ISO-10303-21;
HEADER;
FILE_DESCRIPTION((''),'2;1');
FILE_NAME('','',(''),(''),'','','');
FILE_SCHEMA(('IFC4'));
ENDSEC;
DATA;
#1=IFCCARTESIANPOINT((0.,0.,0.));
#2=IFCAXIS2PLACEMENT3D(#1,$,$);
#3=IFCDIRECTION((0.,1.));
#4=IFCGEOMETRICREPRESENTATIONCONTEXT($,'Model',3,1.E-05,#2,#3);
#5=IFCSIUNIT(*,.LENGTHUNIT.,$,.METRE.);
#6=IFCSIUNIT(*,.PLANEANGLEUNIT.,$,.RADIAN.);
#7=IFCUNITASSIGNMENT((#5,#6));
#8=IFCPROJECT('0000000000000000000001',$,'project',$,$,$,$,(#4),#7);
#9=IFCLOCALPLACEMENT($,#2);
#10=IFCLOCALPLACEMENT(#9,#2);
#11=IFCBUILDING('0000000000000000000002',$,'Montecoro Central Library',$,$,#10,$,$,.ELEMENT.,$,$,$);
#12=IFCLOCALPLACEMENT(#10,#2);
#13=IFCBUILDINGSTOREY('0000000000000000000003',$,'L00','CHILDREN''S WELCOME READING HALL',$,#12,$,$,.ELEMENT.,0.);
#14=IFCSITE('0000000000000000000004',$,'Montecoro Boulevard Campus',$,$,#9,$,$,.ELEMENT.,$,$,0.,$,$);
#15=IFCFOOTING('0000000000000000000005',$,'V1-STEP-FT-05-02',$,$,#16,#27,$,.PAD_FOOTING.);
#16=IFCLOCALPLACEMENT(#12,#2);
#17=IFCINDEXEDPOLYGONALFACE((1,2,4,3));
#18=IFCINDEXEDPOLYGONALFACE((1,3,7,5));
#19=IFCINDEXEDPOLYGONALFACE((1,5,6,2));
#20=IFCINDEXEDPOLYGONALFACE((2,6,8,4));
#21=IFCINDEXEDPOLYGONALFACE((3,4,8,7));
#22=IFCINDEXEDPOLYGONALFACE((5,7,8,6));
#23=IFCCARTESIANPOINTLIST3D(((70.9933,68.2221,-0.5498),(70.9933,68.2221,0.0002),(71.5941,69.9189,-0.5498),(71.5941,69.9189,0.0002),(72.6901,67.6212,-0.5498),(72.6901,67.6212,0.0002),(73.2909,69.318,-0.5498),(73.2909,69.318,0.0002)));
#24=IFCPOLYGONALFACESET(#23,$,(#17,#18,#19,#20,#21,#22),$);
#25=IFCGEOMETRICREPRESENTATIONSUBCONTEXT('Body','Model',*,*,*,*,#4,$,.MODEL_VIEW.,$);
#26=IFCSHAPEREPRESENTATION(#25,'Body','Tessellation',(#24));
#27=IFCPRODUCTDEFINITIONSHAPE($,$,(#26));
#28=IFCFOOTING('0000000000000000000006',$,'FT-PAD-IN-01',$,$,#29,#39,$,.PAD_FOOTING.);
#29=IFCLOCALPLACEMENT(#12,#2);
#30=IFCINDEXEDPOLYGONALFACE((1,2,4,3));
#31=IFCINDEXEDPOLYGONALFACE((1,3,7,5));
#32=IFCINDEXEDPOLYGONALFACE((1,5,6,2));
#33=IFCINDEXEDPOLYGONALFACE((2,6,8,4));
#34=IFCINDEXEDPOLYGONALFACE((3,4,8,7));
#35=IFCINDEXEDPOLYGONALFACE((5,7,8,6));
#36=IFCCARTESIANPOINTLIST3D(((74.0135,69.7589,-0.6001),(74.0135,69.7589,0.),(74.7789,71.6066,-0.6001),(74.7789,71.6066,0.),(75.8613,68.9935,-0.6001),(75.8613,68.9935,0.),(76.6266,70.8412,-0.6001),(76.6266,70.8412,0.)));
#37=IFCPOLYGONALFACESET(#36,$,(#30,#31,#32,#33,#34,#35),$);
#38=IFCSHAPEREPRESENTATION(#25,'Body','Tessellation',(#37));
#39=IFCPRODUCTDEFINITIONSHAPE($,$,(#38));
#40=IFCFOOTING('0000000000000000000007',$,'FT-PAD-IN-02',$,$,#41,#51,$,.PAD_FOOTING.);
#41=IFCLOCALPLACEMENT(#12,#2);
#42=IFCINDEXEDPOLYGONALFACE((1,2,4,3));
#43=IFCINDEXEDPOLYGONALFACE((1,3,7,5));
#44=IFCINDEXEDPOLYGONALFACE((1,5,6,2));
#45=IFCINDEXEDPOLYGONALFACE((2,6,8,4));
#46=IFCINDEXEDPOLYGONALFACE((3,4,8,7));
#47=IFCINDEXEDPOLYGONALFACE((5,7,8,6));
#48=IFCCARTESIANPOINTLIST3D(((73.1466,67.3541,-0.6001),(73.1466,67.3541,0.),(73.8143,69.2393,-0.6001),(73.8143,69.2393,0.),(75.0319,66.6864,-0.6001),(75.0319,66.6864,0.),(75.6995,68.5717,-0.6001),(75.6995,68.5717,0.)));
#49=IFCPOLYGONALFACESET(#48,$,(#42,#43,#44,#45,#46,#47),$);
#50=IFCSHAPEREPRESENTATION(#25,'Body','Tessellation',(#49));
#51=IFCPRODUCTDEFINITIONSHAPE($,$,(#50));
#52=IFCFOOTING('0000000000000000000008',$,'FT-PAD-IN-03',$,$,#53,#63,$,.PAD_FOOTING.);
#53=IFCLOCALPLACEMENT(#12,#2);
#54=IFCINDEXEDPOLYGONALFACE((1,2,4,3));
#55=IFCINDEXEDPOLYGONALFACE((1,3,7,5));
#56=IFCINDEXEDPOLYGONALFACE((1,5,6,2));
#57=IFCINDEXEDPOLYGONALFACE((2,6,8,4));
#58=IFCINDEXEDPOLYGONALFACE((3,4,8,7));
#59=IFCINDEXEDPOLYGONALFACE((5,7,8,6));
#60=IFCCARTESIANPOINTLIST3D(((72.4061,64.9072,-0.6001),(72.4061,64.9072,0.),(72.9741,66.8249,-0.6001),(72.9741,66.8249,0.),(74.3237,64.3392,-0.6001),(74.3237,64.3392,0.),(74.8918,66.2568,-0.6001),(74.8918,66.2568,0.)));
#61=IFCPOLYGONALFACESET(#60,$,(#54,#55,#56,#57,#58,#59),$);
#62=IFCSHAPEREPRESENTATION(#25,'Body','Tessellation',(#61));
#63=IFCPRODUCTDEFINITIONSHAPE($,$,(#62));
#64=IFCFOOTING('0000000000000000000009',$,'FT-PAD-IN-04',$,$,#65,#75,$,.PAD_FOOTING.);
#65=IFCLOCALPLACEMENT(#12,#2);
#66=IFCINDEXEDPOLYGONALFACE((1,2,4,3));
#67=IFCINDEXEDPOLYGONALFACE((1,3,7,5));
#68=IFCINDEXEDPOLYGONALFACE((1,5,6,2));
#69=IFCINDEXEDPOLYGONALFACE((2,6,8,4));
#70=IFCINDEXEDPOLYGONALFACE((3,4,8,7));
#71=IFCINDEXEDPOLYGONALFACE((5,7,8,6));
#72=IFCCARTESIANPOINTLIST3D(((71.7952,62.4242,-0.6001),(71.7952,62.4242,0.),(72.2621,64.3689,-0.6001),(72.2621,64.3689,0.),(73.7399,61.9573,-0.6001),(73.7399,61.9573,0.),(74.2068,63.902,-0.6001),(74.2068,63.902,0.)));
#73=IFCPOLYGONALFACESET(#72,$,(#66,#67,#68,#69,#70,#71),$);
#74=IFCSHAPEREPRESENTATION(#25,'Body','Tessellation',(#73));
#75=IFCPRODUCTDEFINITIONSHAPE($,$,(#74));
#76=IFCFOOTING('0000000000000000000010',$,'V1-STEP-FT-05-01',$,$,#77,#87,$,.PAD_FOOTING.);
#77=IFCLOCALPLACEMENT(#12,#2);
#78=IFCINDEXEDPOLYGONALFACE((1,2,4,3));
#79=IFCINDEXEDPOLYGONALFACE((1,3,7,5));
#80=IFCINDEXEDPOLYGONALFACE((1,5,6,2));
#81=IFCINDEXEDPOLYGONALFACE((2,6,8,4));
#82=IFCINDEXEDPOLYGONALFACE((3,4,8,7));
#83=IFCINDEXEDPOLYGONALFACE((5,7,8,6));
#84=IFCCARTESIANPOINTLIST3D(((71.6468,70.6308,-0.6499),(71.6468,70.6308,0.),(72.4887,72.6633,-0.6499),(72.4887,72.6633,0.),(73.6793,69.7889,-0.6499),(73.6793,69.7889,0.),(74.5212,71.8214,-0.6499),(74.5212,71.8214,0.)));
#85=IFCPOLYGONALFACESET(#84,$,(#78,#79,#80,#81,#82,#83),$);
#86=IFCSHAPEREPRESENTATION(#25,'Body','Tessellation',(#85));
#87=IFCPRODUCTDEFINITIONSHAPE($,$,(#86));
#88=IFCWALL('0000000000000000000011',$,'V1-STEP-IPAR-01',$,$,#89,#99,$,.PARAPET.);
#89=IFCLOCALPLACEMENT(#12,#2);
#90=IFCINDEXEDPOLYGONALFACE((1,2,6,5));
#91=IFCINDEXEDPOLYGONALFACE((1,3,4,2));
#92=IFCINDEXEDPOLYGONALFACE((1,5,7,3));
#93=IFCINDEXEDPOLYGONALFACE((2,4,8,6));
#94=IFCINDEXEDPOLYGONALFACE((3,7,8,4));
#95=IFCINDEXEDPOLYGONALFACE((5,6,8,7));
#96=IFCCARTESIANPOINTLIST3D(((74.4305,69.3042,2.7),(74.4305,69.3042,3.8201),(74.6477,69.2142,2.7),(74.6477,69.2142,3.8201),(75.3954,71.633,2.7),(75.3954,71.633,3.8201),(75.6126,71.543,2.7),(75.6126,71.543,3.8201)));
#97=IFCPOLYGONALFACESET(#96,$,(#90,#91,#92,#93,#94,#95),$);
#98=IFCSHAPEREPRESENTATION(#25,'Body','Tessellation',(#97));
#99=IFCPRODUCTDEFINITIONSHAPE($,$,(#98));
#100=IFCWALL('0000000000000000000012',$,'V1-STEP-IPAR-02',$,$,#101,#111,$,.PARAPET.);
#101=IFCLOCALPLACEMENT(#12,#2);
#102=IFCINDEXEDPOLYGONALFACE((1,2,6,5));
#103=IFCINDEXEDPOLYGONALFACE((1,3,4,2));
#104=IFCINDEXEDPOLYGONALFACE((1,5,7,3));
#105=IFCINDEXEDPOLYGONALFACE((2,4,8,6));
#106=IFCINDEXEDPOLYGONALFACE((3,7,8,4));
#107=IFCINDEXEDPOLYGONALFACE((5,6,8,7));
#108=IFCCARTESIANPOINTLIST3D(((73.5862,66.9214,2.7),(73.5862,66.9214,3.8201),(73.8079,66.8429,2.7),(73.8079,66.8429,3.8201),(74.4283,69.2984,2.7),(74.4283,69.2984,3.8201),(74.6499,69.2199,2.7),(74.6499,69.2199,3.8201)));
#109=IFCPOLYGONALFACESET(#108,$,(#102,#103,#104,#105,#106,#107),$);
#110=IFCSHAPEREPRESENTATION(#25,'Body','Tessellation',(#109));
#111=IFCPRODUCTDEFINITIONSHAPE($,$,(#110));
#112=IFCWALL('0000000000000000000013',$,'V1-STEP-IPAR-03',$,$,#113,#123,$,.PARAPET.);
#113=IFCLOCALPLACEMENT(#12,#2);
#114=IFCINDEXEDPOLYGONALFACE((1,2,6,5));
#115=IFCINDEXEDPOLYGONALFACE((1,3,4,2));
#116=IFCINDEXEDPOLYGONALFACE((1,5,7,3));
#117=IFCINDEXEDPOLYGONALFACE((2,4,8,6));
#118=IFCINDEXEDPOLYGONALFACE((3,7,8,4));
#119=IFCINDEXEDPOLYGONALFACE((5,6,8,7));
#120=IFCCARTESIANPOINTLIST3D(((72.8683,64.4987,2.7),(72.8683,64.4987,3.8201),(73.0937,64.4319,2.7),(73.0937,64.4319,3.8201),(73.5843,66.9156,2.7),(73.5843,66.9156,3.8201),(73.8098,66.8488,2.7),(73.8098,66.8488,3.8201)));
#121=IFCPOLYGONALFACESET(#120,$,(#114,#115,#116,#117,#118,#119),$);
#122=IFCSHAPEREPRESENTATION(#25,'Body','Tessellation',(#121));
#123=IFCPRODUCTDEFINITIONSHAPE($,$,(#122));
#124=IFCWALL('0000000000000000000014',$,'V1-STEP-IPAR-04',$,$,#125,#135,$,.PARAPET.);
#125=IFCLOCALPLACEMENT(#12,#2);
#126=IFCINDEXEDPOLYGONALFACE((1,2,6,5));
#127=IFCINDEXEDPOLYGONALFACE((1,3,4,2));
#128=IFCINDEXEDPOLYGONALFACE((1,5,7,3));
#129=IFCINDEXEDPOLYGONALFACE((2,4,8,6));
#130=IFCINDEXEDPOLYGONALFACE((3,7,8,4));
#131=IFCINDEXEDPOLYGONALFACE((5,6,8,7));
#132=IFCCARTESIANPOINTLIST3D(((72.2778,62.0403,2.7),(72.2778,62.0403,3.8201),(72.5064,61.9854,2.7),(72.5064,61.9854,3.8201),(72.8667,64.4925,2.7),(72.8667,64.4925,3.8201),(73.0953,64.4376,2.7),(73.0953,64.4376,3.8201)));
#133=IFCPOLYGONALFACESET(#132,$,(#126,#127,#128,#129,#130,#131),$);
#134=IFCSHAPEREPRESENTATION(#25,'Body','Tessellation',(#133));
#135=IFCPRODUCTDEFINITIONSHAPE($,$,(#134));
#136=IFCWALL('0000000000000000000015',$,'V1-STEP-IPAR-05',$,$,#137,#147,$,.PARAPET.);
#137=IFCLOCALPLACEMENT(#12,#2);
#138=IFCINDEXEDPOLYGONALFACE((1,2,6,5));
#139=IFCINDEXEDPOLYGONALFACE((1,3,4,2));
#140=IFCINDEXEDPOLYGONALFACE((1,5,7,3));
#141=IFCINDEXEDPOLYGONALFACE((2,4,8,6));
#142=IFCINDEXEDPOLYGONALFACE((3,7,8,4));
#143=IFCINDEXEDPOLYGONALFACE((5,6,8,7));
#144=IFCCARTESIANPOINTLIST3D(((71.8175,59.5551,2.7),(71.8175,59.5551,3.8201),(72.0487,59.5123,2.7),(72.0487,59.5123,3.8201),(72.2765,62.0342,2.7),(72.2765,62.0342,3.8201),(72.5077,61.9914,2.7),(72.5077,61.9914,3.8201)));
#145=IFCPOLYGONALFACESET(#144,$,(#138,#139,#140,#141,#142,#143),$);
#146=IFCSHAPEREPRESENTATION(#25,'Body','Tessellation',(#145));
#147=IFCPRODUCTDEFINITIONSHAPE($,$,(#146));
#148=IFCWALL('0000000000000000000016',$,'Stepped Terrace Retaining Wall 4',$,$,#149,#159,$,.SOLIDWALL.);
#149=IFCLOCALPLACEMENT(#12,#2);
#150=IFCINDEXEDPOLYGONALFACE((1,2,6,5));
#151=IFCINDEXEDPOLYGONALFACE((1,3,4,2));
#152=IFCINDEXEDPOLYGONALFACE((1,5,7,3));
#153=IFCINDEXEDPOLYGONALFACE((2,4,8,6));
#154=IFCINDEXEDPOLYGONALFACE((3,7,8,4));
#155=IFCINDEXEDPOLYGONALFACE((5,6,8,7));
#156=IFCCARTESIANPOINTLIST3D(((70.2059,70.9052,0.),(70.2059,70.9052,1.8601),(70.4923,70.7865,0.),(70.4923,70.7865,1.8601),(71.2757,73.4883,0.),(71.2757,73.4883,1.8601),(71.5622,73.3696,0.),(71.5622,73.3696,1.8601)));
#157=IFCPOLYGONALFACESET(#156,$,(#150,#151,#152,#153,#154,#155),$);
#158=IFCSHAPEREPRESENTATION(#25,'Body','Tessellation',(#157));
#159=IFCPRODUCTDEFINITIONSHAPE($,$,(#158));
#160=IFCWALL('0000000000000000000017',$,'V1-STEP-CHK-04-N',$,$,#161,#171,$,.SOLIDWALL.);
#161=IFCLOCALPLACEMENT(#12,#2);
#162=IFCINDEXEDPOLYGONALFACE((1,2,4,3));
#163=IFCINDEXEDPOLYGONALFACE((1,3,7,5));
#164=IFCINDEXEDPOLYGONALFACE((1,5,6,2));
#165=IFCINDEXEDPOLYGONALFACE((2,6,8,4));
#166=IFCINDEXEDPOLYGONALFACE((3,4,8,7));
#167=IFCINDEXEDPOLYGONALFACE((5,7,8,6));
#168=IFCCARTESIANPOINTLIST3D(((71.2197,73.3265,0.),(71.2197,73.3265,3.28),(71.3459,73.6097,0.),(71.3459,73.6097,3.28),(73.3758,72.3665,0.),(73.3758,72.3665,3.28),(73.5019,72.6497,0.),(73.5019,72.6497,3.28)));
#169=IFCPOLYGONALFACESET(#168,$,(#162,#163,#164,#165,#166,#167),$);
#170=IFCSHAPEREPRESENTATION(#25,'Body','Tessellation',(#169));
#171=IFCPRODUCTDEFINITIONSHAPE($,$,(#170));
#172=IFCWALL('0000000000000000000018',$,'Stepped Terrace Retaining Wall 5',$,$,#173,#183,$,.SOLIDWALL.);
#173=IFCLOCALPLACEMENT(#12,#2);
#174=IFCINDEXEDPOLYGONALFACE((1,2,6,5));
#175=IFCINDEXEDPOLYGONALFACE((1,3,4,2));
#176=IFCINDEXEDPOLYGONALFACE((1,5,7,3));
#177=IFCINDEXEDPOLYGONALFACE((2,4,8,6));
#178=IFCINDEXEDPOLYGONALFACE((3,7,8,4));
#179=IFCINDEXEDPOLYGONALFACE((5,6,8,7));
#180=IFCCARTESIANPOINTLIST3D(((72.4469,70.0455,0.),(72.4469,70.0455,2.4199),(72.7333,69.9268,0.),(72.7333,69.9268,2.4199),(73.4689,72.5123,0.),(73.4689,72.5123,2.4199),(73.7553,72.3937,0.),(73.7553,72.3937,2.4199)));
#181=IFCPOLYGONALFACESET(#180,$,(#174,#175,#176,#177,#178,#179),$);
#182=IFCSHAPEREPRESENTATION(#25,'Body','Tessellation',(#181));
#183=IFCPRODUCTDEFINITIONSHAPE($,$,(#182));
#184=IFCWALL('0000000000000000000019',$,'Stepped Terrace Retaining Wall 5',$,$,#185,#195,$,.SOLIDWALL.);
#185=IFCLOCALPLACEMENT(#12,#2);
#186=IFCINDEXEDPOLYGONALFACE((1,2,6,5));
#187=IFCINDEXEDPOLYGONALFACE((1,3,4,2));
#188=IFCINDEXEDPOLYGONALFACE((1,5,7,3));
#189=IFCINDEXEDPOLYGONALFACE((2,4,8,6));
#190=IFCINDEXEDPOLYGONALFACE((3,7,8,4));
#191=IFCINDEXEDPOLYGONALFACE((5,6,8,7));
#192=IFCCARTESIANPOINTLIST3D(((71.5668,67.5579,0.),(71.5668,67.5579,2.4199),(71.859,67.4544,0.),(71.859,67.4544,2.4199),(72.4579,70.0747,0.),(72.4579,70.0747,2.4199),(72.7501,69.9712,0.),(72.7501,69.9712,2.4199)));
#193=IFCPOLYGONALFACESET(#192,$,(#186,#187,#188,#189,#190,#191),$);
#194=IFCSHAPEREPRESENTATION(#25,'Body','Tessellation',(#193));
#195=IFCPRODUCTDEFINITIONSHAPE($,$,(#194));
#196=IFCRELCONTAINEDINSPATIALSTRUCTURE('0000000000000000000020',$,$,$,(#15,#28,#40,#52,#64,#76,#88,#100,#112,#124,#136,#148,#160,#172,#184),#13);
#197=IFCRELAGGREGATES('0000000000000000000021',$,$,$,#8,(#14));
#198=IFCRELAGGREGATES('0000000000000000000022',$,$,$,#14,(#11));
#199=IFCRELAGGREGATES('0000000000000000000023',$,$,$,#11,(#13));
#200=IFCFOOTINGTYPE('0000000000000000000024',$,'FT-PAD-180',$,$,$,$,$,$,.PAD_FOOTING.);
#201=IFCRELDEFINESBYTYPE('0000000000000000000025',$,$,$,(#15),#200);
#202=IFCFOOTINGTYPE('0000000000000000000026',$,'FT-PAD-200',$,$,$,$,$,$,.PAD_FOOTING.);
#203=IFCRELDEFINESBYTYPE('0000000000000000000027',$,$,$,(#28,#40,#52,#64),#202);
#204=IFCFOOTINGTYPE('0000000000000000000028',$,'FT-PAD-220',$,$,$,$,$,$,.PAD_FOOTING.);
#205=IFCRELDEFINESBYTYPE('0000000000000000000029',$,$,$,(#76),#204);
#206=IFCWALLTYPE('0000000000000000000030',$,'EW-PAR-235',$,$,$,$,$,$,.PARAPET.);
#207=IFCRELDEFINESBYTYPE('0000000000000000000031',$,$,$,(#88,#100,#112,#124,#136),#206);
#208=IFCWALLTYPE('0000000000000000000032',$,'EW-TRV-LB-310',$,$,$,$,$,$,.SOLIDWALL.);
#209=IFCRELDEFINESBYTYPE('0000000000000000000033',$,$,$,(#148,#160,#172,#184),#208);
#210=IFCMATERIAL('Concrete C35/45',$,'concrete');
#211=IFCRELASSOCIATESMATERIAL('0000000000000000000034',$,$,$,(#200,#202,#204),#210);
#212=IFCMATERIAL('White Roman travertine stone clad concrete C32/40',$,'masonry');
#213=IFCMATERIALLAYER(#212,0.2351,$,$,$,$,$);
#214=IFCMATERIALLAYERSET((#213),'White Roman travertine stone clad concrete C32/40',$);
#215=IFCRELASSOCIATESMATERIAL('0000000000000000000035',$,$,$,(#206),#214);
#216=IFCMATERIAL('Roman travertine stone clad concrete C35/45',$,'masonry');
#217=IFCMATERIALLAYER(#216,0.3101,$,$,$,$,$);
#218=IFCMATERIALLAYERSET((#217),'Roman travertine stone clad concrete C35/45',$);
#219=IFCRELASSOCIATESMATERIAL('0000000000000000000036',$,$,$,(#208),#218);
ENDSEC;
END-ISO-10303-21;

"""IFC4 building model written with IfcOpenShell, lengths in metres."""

from ifc_helpers import new_model, si_unit, direction, frame, frame_2d, origin, origin_2d, place, context, subcontext, project, spatial, rectangle, extrude, material, layer, layer_set, type_object, element, save


model = new_model("IFC4")

# Units and contexts
model_context = context("Model", 3, precision=1e-05, world=origin(), true_north=direction((0.0, 1.0)))
body_context = subcontext(model_context, "Body", "Model", "MODEL_VIEW")
ifc_project = project(units=[si_unit("LENGTHUNIT", "METRE"), si_unit("PLANEANGLEUNIT", "RADIAN")], contexts=[model_context])

# Site, building, storey
site_placement = place(None, origin())
site = spatial("IfcSite", under=ifc_project, at=site_placement, Name="Montecoro Boulevard Campus", CompositionType="ELEMENT", RefElevation=0.0)
building_placement = place(site_placement, origin())
building = spatial("IfcBuilding", under=site, at=building_placement, Name="Montecoro Central Library", CompositionType="ELEMENT")
storey_placement = place(building_placement, origin())
storey = spatial("IfcBuildingStorey", under=building, at=storey_placement, Name="L00", Description="CHILDREN'S WELCOME READING HALL", CompositionType="ELEMENT", Elevation=0.0)

# Footings
ifc_material_1 = material(Name="Concrete C35/45", Category="concrete")
footing_type_1 = type_object("IfcFootingType", Name="FT-PAD-180", PredefinedType="PAD_FOOTING", material=ifc_material_1)
footing_1_placement = place(storey_placement, frame((72.1421, 68.77, -0.5498), z_axis=(0.0, 0.0, 1.0), x_axis=(-0.333807, -0.942641, 0.0)))
element("IfcFooting", 1, at=footing_1_placement, inside=storey, type_object=footing_type_1, Name="V1-STEP-FT-05-02", PredefinedType="PAD_FOOTING", context=body_context, shape_type="SweptSolid", body=[
    extrude(rectangle(XDim=1.8, YDim=1.8, at=origin_2d()), origin(), (0.0, 0.0, 1.0), 0.55),
])
footing_type_2 = type_object("IfcFootingType", Name="FT-PAD-200", PredefinedType="PAD_FOOTING", material=ifc_material_1)
for number, where, z_axis, x_axis, name in (
    (2, (75.3201, 70.3, -0.6001), (0.0, 0.0, 1.0), (-0.382683, -0.92388, 0.0), "FT-PAD-IN-01"),
    (3, (74.4231, 67.9629, -0.6001), (0.0, 0.0, 1.0), (-0.333807, -0.942641, 0.0), "FT-PAD-IN-02"),
    (4, (73.6489, 65.582, -0.6001), (0.0, 0.0, 1.0), (-0.284015, -0.95882, 0.0), "FT-PAD-IN-03"),
    (5, (73.001, 63.1631, -0.6001), (0.0, 0.0, 1.0), (-0.233445, -0.97237, 0.0), "FT-PAD-IN-04"),
):
    element("IfcFooting", number, at=place(storey_placement, frame(where, z_axis=z_axis, x_axis=x_axis)), inside=storey, type_object=footing_type_2, Name=name, PredefinedType="PAD_FOOTING", context=body_context, shape_type="SweptSolid", body=[
        extrude(rectangle(XDim=2.0, YDim=2.0, at=origin_2d()), origin(), (0.0, 0.0, 1.0), 0.6001),
    ])
footing_type_3 = type_object("IfcFootingType", Name="FT-PAD-220", PredefinedType="PAD_FOOTING", material=ifc_material_1)
footing_2_placement = place(storey_placement, frame((73.084, 71.2261, -0.6499), z_axis=(0.0, 0.0, 1.0), x_axis=(-0.382683, -0.92388, 0.0)))
element("IfcFooting", 6, at=footing_2_placement, inside=storey, type_object=footing_type_3, Name="V1-STEP-FT-05-01", PredefinedType="PAD_FOOTING", context=body_context, shape_type="SweptSolid", body=[
    extrude(rectangle(XDim=2.2, YDim=2.2, at=origin_2d()), origin(), (0.0, 0.0, 1.0), 0.6499),
])

# Walls
ifc_material_2 = material(Name="White Roman travertine stone clad concrete C32/40", Category="masonry")
ifc_layer_1 = layer(ifc_material_2, 0.2351)
ifc_layer_set_1 = layer_set([ifc_layer_1], Name="White Roman travertine stone clad concrete C32/40")
wall_type_1 = type_object("IfcWallType", Name="EW-PAR-235", PredefinedType="PARAPET", material=ifc_layer_set_1)
wall_1_placement = place(storey_placement, frame((75.5039, 71.5879, 2.7), z_axis=(0.0, 0.0, 1.0), x_axis=(-0.382751, -0.923852, 0.0)))
element("IfcWall", 7, at=wall_1_placement, inside=storey, type_object=wall_type_1, Name="V1-STEP-IPAR-01", PredefinedType="PARAPET", context=body_context, shape_type="SweptSolid", body=[
    extrude(rectangle(XDim=2.5208, YDim=0.2351, at=frame_2d((1.2603, 0.0))), origin(), (0.0, 0.0, 1.0), 1.1201),
])
wall_2_placement = place(storey_placement, frame((74.5391, 69.259, 2.7), z_axis=(0.0, 0.0, 1.0), x_axis=(-0.333919, -0.942602, 0.0)))
element("IfcWall", 8, at=wall_2_placement, inside=storey, type_object=wall_type_1, Name="V1-STEP-IPAR-02", PredefinedType="PARAPET", context=body_context, shape_type="SweptSolid", body=[
    extrude(rectangle(XDim=2.5217, YDim=0.2351, at=frame_2d((1.2607, 0.0))), origin(), (0.0, 0.0, 1.0), 1.1201),
])
wall_3_placement = place(storey_placement, frame((73.697, 66.8821, 2.7), z_axis=(0.0, 0.0, 1.0), x_axis=(-0.284059, -0.958807, 0.0)))
element("IfcWall", 9, at=wall_3_placement, inside=storey, type_object=wall_type_1, Name="V1-STEP-IPAR-03", PredefinedType="PARAPET", context=body_context, shape_type="SweptSolid", body=[
    extrude(rectangle(XDim=2.5208, YDim=0.2351, at=frame_2d((1.2603, 0.0))), origin(), (0.0, 0.0, 1.0), 1.1201),
])
wall_4_placement = place(storey_placement, frame((72.981, 64.4651, 2.7), z_axis=(0.0, 0.0, 1.0), x_axis=(-0.233505, -0.972356, 0.0)))
element("IfcWall", 10, at=wall_4_placement, inside=storey, type_object=wall_type_1, Name="V1-STEP-IPAR-04", PredefinedType="PARAPET", context=body_context, shape_type="SweptSolid", body=[
    extrude(rectangle(XDim=2.522, YDim=0.2351, at=frame_2d((1.261, 0.0))), origin(), (0.0, 0.0, 1.0), 1.1201),
])
wall_5_placement = place(storey_placement, frame((72.3921, 62.0129, 2.7), z_axis=(0.0, 0.0, 1.0), x_axis=(-0.182055, -0.983288, 0.0)))
element("IfcWall", 11, at=wall_5_placement, inside=storey, type_object=wall_type_1, Name="V1-STEP-IPAR-05", PredefinedType="PARAPET", context=body_context, shape_type="SweptSolid", body=[
    extrude(rectangle(XDim=2.5212, YDim=0.2351, at=frame_2d((1.2607, 0.0))), origin(), (0.0, 0.0, 1.0), 1.1201),
])
ifc_material_3 = material(Name="Roman travertine stone clad concrete C35/45", Category="masonry")
ifc_layer_2 = layer(ifc_material_3, 0.3101)
ifc_layer_set_2 = layer_set([ifc_layer_2], Name="Roman travertine stone clad concrete C35/45")
wall_type_2 = type_object("IfcWallType", Name="EW-TRV-LB-310", PredefinedType="SOLIDWALL", material=ifc_layer_set_2)
wall_6_placement = place(storey_placement, frame((71.4189, 73.429, 0.0), z_axis=(0.0, 0.0, 1.0), x_axis=(-0.382655, -0.923891, 0.0)))
element("IfcWall", 12, at=wall_6_placement, inside=storey, type_object=wall_type_2, Name="Stepped Terrace Retaining Wall 4", PredefinedType="SOLIDWALL", context=body_context, shape_type="SweptSolid", body=[
    extrude(rectangle(XDim=2.7959, YDim=0.3101, at=frame_2d((1.3979, 0.0))), origin(), (0.0, 0.0, 1.0), 1.8601),
])
wall_7_placement = place(storey_placement, frame((73.439, 72.5081, 0.0), z_axis=(0.0, 0.0, 1.0), x_axis=(-0.913538, 0.406753, 0.0)))
element("IfcWall", 13, at=wall_7_placement, inside=storey, type_object=wall_type_2, Name="V1-STEP-CHK-04-N", PredefinedType="SOLIDWALL", context=body_context, shape_type="SweptSolid", body=[
    extrude(rectangle(XDim=2.3601, YDim=0.3101, at=frame_2d((1.1802, 0.0))), origin(), (0.0, 0.0, 1.0), 3.28),
])
wall_8_placement = place(storey_placement, frame((73.6121, 72.4529, 0.0), z_axis=(0.0, 0.0, 1.0), x_axis=(-0.382745, -0.923854, 0.0)))
element("IfcWall", 14, at=wall_8_placement, inside=storey, type_object=wall_type_2, Name="Stepped Terrace Retaining Wall 5", PredefinedType="SOLIDWALL", context=body_context, shape_type="SweptSolid", body=[
    extrude(rectangle(XDim=2.6702, YDim=0.3101, at=frame_2d((1.335, 0.0))), origin(), (0.0, 0.0, 1.0), 2.4199),
])
for number, where, z_axis, x_axis, name in (
    (15, (72.604, 70.0229, 0.0), (0.0, 0.0, 1.0), (-0.333757, -0.942659, 0.0), "Stepped Terrace Retaining Wall 5"),
):
    element("IfcWall", number, at=place(storey_placement, frame(where, z_axis=z_axis, x_axis=x_axis)), inside=storey, type_object=wall_type_2, Name=name, PredefinedType="SOLIDWALL", context=body_context, shape_type="SweptSolid", body=[
        extrude(rectangle(XDim=2.6699, YDim=0.3101, at=frame_2d((1.335, 0.0))), origin(), (0.0, 0.0, 1.0), 2.4199),
    ])

save(model, "model.ifc")
